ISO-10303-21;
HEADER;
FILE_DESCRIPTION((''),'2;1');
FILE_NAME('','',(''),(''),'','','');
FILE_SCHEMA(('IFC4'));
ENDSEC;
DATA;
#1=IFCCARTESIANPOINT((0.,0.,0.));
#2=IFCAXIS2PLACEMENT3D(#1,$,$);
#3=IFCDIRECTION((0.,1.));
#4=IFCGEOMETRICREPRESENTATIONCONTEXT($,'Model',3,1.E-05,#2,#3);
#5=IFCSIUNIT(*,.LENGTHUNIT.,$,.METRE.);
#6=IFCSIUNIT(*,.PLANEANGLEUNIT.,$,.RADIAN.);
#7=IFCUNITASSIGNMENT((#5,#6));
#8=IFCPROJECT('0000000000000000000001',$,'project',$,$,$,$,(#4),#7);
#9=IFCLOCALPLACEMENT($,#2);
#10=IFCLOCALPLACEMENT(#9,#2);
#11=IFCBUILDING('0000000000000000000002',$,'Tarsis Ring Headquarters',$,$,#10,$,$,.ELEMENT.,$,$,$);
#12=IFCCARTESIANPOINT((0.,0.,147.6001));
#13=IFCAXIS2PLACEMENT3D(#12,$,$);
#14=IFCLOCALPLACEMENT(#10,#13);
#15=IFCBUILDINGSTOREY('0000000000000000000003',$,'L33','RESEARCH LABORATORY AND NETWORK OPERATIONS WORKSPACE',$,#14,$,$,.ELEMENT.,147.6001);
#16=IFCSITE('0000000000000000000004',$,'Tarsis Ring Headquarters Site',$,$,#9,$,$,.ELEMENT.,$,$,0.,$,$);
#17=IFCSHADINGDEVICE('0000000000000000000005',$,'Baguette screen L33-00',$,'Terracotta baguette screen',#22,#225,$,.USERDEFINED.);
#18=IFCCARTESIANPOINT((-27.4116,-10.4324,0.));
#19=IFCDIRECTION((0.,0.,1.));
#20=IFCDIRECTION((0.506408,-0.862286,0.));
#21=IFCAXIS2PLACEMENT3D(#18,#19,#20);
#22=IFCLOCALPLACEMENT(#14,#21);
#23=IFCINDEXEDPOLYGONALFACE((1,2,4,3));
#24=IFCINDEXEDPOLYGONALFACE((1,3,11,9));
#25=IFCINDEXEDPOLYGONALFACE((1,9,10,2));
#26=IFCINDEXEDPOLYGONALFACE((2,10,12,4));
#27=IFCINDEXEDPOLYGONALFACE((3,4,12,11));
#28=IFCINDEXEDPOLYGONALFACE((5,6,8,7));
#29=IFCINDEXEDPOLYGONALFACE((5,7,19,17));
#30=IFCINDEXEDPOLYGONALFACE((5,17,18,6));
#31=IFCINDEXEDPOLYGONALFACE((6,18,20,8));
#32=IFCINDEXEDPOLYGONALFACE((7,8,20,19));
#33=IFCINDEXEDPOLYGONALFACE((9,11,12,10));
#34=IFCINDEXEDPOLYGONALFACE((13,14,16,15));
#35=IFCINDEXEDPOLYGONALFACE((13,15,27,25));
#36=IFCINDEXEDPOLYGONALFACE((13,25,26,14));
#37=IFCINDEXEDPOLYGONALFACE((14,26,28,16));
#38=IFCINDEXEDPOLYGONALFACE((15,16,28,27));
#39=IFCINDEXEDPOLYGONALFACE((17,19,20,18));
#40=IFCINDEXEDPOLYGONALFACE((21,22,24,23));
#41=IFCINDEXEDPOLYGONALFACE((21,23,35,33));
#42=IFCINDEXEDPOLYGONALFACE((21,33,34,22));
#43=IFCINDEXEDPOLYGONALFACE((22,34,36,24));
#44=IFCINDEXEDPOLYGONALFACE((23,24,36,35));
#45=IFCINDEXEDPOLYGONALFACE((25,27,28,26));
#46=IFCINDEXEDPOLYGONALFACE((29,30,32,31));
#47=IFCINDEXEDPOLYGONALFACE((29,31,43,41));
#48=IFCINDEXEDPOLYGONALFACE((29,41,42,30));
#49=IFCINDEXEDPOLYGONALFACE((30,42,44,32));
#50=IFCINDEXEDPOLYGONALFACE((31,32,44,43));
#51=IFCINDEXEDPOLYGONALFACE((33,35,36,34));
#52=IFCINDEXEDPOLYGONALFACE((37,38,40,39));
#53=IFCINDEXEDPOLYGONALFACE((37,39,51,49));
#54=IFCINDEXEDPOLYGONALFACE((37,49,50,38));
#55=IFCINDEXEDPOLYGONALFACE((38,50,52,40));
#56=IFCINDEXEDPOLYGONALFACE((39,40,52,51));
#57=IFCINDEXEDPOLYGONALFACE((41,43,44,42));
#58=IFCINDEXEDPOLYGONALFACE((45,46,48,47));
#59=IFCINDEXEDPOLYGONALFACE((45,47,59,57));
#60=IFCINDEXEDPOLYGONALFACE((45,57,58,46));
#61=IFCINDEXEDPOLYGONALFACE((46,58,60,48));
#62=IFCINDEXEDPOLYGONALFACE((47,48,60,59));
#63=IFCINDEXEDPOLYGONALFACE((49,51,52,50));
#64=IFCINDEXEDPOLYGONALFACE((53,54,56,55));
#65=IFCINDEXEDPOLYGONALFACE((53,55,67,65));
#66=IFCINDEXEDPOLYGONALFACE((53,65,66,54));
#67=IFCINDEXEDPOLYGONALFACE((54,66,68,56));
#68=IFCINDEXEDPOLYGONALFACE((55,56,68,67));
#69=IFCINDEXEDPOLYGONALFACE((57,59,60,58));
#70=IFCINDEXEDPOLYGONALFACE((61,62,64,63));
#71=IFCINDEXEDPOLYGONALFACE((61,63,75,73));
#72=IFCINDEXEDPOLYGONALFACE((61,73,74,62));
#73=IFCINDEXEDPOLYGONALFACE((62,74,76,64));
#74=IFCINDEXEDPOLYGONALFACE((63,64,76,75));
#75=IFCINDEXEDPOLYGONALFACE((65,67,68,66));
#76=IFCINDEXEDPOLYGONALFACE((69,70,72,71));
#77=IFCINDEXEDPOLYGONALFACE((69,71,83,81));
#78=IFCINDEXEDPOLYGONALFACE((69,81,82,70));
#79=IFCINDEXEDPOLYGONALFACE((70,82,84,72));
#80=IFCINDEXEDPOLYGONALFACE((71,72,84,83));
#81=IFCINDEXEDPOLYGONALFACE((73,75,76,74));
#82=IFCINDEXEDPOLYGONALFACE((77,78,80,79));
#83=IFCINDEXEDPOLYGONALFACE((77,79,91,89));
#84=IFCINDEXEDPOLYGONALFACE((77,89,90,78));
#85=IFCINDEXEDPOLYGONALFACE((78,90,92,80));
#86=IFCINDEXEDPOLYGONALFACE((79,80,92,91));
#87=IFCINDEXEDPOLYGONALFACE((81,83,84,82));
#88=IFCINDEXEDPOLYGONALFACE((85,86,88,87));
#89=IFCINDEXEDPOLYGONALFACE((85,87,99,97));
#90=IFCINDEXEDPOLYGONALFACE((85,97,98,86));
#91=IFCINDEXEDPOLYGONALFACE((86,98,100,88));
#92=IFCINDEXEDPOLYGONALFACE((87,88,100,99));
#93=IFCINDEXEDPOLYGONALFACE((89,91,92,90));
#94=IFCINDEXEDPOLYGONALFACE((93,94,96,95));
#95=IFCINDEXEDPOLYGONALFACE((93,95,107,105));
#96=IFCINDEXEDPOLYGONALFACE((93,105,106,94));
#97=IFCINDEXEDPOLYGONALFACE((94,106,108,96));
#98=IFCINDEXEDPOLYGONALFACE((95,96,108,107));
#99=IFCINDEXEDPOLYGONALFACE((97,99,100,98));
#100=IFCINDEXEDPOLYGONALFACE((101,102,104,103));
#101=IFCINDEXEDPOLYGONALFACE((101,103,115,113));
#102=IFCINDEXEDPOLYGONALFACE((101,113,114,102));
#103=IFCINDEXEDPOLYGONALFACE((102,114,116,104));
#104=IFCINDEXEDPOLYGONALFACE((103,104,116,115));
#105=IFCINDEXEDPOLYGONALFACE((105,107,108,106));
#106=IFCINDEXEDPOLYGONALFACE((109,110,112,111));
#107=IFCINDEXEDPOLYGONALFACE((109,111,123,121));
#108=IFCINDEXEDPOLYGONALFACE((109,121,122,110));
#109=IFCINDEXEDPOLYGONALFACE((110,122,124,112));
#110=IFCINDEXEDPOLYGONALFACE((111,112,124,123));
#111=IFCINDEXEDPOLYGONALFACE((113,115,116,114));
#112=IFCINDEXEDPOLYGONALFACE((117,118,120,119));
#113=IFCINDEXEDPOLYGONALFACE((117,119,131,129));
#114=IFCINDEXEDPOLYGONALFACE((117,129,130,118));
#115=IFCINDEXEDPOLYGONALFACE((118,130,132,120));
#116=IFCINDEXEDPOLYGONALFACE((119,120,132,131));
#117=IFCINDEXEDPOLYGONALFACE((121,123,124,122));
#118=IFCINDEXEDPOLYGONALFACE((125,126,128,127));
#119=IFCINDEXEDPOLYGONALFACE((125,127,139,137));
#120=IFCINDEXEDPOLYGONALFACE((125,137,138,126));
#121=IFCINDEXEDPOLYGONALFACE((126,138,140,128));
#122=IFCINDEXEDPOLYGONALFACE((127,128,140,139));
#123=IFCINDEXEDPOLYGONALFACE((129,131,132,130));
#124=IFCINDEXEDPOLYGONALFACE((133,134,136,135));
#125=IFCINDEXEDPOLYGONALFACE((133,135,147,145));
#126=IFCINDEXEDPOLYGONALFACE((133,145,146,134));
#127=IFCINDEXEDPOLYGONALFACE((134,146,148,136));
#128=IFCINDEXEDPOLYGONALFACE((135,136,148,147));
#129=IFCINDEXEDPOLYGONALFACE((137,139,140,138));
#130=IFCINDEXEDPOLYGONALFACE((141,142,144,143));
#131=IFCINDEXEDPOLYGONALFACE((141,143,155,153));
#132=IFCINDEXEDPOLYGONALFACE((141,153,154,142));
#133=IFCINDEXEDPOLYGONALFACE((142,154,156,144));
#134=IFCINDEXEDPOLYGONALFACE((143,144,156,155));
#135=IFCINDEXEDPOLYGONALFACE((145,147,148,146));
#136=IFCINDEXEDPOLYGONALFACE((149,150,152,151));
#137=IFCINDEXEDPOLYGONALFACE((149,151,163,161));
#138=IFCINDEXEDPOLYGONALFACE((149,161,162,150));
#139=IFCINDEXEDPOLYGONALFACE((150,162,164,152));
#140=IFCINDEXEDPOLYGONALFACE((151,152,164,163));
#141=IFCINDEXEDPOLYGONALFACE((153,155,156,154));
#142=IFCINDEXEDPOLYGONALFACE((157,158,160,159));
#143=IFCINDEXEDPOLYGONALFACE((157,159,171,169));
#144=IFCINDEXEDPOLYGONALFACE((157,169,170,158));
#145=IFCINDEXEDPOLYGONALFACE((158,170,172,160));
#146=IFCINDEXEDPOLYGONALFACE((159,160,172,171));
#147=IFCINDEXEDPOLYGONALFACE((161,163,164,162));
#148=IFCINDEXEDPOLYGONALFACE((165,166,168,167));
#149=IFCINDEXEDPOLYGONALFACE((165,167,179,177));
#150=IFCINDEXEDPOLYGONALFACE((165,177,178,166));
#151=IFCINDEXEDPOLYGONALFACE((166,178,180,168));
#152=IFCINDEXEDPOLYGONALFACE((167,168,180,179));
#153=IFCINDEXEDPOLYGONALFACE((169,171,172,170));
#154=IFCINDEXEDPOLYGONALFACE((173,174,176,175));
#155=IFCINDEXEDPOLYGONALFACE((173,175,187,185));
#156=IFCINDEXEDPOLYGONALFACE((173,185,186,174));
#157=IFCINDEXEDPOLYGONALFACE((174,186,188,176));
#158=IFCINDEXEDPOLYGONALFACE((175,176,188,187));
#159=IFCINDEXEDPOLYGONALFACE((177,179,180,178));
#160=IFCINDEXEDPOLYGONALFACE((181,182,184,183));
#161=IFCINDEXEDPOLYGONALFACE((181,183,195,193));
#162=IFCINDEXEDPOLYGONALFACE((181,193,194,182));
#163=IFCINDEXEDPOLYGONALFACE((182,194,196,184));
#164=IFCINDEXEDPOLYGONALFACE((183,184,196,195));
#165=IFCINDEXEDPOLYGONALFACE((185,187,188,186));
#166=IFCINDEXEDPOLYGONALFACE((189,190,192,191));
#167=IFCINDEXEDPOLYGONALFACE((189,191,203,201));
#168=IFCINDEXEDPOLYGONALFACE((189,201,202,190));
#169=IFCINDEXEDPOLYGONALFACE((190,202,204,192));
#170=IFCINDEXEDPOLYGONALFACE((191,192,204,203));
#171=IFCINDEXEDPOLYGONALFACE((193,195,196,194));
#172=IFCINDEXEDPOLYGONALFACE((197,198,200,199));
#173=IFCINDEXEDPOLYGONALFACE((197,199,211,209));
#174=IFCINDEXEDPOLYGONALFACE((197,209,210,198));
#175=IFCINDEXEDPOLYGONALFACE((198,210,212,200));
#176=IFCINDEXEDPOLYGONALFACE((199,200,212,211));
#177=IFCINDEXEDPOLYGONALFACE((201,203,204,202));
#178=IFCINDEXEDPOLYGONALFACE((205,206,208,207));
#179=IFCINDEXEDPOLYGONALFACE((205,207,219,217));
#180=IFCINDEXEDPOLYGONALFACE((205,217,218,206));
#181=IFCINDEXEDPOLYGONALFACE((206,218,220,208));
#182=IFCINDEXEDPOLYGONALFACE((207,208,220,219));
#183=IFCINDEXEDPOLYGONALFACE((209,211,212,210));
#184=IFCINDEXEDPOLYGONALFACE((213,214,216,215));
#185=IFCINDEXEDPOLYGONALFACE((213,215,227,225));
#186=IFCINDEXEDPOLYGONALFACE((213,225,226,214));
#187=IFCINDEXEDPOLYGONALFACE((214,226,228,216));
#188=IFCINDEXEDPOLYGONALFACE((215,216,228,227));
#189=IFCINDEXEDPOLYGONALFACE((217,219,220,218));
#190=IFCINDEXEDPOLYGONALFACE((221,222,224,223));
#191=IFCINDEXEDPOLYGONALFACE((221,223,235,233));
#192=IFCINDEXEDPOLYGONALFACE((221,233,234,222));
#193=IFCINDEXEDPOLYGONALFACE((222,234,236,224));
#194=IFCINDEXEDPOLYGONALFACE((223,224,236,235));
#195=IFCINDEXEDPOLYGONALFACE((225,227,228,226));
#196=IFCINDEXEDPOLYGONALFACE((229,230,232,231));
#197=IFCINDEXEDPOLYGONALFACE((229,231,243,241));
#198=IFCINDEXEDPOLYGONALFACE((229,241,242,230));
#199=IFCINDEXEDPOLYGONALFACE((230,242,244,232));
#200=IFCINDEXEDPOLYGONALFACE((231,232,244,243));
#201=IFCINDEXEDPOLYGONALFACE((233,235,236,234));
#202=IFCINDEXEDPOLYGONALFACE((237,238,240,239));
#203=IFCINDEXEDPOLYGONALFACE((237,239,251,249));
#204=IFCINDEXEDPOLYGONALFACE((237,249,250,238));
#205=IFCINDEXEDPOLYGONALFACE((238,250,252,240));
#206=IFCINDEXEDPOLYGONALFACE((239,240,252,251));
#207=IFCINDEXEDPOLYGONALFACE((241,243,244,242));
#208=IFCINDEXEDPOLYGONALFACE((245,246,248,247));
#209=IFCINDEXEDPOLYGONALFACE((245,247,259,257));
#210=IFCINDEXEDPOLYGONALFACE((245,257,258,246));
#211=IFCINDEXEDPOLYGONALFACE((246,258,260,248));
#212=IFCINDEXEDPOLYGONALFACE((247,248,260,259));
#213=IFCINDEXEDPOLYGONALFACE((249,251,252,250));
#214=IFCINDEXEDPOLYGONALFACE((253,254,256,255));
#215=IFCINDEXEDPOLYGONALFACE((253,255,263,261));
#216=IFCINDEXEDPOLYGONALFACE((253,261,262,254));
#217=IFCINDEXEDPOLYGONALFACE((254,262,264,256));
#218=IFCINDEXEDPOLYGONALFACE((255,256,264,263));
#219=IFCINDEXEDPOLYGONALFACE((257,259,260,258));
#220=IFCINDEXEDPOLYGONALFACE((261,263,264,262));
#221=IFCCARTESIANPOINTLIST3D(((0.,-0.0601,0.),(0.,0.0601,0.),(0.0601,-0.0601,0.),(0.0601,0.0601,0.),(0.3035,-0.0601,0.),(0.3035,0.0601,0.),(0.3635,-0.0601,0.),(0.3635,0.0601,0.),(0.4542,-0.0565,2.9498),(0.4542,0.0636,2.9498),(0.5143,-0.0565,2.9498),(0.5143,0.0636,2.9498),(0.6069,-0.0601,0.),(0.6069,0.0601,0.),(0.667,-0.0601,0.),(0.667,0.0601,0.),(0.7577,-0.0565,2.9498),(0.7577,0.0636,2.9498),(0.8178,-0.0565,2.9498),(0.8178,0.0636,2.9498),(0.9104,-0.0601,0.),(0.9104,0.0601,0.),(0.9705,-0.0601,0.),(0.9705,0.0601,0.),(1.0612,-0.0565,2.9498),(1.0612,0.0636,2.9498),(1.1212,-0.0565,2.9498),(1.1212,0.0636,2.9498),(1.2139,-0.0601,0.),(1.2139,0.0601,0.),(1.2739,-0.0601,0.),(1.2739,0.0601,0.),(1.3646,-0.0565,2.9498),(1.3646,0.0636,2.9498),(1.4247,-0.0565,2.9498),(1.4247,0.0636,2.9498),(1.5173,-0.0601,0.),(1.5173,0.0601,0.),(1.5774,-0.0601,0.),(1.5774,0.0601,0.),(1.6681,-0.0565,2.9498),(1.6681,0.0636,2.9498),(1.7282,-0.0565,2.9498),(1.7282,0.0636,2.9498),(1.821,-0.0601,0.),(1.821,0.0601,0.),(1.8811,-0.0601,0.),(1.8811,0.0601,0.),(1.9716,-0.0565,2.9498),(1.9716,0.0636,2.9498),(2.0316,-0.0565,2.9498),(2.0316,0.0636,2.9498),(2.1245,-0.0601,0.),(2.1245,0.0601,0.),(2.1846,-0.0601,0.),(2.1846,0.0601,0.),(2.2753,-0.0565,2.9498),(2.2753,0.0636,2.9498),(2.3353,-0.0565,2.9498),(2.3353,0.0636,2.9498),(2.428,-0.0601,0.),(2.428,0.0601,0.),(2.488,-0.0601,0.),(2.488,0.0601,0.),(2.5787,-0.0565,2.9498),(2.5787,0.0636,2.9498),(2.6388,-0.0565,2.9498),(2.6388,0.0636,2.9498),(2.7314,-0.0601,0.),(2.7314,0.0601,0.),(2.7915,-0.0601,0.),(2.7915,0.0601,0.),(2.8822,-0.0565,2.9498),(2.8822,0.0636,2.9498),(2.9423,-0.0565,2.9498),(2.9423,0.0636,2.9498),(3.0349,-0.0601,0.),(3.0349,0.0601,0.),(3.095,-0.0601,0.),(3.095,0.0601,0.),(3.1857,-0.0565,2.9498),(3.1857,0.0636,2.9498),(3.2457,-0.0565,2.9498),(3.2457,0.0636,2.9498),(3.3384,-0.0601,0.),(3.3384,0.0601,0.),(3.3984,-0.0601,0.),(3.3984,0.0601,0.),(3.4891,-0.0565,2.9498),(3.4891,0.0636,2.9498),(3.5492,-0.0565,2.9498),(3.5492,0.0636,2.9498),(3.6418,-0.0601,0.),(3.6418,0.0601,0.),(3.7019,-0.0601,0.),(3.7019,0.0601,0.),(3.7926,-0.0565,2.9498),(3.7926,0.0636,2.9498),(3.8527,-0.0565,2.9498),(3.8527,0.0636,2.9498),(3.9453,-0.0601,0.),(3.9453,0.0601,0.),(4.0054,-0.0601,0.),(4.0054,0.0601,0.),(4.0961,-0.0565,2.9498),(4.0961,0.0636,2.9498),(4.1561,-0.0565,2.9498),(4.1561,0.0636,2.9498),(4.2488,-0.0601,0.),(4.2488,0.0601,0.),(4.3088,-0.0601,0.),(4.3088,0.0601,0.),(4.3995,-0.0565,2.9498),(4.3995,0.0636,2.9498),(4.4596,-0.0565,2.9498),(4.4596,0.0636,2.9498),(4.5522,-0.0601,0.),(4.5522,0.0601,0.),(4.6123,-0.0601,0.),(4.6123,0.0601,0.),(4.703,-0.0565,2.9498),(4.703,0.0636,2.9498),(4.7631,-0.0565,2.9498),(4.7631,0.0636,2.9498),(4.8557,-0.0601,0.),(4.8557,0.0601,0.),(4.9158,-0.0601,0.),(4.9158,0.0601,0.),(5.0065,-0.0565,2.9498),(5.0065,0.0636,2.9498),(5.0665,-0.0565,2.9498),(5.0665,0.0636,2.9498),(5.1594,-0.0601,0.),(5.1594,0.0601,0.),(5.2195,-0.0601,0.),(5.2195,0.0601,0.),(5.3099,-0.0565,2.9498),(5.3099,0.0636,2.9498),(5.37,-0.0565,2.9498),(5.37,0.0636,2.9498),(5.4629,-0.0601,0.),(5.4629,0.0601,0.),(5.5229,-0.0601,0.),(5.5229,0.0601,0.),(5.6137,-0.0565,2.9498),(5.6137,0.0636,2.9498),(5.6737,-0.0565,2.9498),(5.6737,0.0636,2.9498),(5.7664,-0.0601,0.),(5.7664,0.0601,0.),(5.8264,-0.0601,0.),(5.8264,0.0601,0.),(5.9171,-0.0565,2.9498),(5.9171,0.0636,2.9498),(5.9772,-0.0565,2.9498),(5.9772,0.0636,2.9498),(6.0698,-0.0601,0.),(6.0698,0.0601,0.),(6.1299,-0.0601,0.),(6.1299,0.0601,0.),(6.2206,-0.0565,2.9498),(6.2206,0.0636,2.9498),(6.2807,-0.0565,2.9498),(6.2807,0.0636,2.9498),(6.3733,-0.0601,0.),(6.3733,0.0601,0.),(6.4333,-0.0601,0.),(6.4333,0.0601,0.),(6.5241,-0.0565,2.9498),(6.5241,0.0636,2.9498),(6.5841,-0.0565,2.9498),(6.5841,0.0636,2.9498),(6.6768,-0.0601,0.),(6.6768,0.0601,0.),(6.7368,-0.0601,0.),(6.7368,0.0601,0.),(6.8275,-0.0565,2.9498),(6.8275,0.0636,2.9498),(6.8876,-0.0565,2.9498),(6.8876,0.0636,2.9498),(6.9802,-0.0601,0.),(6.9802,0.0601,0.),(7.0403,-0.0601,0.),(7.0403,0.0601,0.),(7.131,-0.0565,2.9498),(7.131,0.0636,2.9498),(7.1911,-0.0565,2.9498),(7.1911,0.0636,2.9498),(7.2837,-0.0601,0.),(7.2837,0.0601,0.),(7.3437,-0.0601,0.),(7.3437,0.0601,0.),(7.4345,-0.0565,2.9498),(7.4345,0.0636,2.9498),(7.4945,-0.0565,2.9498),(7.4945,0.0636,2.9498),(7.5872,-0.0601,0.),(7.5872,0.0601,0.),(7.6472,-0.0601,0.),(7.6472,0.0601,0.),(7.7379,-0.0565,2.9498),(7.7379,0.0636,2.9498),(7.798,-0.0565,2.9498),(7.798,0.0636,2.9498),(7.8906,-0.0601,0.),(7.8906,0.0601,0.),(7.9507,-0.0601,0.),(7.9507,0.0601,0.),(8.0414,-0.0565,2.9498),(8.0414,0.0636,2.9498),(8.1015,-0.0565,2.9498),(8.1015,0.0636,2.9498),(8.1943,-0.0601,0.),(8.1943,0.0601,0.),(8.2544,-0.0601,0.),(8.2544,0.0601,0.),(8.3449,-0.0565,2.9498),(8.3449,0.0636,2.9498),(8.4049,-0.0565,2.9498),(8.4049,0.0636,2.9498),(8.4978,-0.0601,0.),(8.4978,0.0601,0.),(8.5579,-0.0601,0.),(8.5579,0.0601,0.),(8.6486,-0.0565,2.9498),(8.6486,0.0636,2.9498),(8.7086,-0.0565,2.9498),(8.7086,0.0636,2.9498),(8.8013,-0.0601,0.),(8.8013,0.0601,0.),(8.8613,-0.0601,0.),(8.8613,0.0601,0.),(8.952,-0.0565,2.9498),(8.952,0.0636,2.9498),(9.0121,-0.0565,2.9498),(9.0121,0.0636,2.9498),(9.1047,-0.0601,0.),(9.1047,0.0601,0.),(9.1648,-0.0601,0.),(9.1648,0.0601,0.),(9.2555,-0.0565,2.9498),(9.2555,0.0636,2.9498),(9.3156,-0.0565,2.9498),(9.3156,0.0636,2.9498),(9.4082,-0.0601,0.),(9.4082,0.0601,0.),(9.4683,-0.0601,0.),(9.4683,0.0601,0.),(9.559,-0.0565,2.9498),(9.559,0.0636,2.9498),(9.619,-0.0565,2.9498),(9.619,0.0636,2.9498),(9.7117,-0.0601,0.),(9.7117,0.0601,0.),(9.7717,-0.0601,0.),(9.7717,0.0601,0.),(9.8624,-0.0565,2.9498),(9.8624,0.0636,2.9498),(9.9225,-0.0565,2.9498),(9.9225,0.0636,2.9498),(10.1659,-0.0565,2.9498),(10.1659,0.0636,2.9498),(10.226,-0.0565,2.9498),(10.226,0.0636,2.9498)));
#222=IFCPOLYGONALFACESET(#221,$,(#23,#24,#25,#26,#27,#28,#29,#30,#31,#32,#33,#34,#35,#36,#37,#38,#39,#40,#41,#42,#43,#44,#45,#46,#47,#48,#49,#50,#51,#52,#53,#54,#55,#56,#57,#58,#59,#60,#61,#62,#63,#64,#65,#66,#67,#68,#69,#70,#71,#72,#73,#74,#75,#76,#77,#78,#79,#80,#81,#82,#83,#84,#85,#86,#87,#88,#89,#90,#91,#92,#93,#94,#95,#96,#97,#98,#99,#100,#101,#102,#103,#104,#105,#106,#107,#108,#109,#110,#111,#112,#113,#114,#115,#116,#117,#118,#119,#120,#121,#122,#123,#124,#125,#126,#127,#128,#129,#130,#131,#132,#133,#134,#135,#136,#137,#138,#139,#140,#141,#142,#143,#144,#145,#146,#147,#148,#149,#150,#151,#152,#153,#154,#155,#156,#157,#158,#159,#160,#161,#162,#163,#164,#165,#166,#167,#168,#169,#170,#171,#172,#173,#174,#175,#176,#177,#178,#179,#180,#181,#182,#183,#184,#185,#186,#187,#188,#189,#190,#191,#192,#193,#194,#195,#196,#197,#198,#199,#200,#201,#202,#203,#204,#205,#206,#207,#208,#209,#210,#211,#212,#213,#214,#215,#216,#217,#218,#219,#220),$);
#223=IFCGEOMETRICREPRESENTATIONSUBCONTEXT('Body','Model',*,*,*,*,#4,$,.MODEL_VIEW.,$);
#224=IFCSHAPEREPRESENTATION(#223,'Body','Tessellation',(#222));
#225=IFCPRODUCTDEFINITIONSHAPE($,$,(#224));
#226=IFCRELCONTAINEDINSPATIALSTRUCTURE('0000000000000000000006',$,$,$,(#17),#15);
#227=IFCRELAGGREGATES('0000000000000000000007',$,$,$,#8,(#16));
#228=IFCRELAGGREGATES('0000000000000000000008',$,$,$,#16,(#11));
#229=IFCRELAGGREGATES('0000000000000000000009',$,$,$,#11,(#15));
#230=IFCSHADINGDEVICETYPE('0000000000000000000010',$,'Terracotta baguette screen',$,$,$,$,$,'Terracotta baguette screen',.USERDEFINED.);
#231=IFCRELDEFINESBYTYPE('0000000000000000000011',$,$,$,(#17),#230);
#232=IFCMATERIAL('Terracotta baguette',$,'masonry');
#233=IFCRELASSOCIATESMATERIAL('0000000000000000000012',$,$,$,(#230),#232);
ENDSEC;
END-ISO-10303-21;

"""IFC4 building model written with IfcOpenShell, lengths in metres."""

from ifc_helpers import new_model, si_unit, direction, frame, frame_2d, origin, place, context, subcontext, project, spatial, rectangle, composite_profile, extrude, material, type_object, element, save


model = new_model("IFC4")

# Units and contexts
model_context = context("Model", 3, precision=1e-05, world=origin(), true_north=direction((0.0, 1.0)))
body_context = subcontext(model_context, "Body", "Model", "MODEL_VIEW")
ifc_project = project(units=[si_unit("LENGTHUNIT", "METRE"), si_unit("PLANEANGLEUNIT", "RADIAN")], contexts=[model_context])

# Site, building, storey
site_placement = place(None, origin())
site = spatial("IfcSite", under=ifc_project, at=site_placement, Name="Tarsis Ring Headquarters Site", CompositionType="ELEMENT", RefElevation=0.0)
building_placement = place(site_placement, origin())
building = spatial("IfcBuilding", under=site, at=building_placement, Name="Tarsis Ring Headquarters", CompositionType="ELEMENT")
storey_placement = place(building_placement, frame((0.0, 0.0, 147.6001)))
storey = spatial("IfcBuildingStorey", under=building, at=storey_placement, Name="L33", Description="RESEARCH LABORATORY AND NETWORK OPERATIONS WORKSPACE", CompositionType="ELEMENT", Elevation=147.6001)

# Shading device
ifc_material_1 = material(Name="Terracotta baguette", Category="masonry")
shading_device_type = type_object("IfcShadingDeviceType", Name="Terracotta baguette screen", ElementType="Terracotta baguette screen", PredefinedType="USERDEFINED", material=ifc_material_1)
shading_device_placement = place(storey_placement, frame((-27.4116, -10.4324, 0.0), z_axis=(0.0, 0.0, 1.0), x_axis=(0.506408, -0.862286, 0.0)))
element("IfcShadingDevice", 1, at=shading_device_placement, inside=storey, type_object=shading_device_type, Name="Baguette screen L33-00", ObjectType="Terracotta baguette screen", PredefinedType="USERDEFINED", context=body_context, shape_type="SweptSolid", body=[
    extrude(composite_profile([rectangle(XDim=0.0601, YDim=0.1201, at=frame_2d((0.03, 0.0))), rectangle(XDim=0.0601, YDim=0.1201, at=frame_2d((0.3335, 0.0))), rectangle(XDim=0.0601, YDim=0.1201, at=frame_2d((0.637, 0.0))), rectangle(XDim=0.0601, YDim=0.1201, at=frame_2d((0.9404, 0.0))), rectangle(XDim=0.0601, YDim=0.1201, at=frame_2d((1.2439, 0.0))), rectangle(XDim=0.0601, YDim=0.1201, at=frame_2d((1.5474, 0.0))), rectangle(XDim=0.0601, YDim=0.1201, at=frame_2d((1.8511, 0.0))), rectangle(XDim=0.0601, YDim=0.1201, at=frame_2d((2.1545, 0.0))), rectangle(XDim=0.0601, YDim=0.1201, at=frame_2d((2.458, 0.0))), rectangle(XDim=0.0601, YDim=0.1201, at=frame_2d((2.7615, 0.0))), rectangle(XDim=0.0601, YDim=0.1201, at=frame_2d((3.0649, 0.0))), rectangle(XDim=0.0601, YDim=0.1201, at=frame_2d((3.3684, 0.0))), rectangle(XDim=0.0601, YDim=0.1201, at=frame_2d((3.6719, 0.0))), rectangle(XDim=0.0601, YDim=0.1201, at=frame_2d((3.9753, 0.0))), rectangle(XDim=0.0601, YDim=0.1201, at=frame_2d((4.2788, 0.0))), rectangle(XDim=0.0601, YDim=0.1201, at=frame_2d((4.5823, 0.0))), rectangle(XDim=0.0601, YDim=0.1201, at=frame_2d((4.8857, 0.0))), rectangle(XDim=0.0601, YDim=0.1201, at=frame_2d((5.1895, 0.0))), rectangle(XDim=0.0601, YDim=0.1201, at=frame_2d((5.4929, 0.0))), rectangle(XDim=0.0601, YDim=0.1201, at=frame_2d((5.7964, 0.0))), rectangle(XDim=0.0601, YDim=0.1201, at=frame_2d((6.0999, 0.0))), rectangle(XDim=0.0601, YDim=0.1201, at=frame_2d((6.4033, 0.0))), rectangle(XDim=0.0601, YDim=0.1201, at=frame_2d((6.7068, 0.0))), rectangle(XDim=0.0601, YDim=0.1201, at=frame_2d((7.0103, 0.0))), rectangle(XDim=0.0601, YDim=0.1201, at=frame_2d((7.3137, 0.0))), rectangle(XDim=0.0601, YDim=0.1201, at=frame_2d((7.6172, 0.0))), rectangle(XDim=0.0601, YDim=0.1201, at=frame_2d((7.9207, 0.0))), rectangle(XDim=0.0601, YDim=0.1201, at=frame_2d((8.2244, 0.0))), rectangle(XDim=0.0601, YDim=0.1201, at=frame_2d((8.5278, 0.0))), rectangle(XDim=0.0601, YDim=0.1201, at=frame_2d((8.8313, 0.0))), rectangle(XDim=0.0601, YDim=0.1201, at=frame_2d((9.1348, 0.0))), rectangle(XDim=0.0601, YDim=0.1201, at=frame_2d((9.4382, 0.0))), rectangle(XDim=0.0601, YDim=0.1201, at=frame_2d((9.7417, 0.0)))]), origin(), (0.152192, 0.001195, 0.98835), 2.9846),
])

save(model, "model.ifc")
